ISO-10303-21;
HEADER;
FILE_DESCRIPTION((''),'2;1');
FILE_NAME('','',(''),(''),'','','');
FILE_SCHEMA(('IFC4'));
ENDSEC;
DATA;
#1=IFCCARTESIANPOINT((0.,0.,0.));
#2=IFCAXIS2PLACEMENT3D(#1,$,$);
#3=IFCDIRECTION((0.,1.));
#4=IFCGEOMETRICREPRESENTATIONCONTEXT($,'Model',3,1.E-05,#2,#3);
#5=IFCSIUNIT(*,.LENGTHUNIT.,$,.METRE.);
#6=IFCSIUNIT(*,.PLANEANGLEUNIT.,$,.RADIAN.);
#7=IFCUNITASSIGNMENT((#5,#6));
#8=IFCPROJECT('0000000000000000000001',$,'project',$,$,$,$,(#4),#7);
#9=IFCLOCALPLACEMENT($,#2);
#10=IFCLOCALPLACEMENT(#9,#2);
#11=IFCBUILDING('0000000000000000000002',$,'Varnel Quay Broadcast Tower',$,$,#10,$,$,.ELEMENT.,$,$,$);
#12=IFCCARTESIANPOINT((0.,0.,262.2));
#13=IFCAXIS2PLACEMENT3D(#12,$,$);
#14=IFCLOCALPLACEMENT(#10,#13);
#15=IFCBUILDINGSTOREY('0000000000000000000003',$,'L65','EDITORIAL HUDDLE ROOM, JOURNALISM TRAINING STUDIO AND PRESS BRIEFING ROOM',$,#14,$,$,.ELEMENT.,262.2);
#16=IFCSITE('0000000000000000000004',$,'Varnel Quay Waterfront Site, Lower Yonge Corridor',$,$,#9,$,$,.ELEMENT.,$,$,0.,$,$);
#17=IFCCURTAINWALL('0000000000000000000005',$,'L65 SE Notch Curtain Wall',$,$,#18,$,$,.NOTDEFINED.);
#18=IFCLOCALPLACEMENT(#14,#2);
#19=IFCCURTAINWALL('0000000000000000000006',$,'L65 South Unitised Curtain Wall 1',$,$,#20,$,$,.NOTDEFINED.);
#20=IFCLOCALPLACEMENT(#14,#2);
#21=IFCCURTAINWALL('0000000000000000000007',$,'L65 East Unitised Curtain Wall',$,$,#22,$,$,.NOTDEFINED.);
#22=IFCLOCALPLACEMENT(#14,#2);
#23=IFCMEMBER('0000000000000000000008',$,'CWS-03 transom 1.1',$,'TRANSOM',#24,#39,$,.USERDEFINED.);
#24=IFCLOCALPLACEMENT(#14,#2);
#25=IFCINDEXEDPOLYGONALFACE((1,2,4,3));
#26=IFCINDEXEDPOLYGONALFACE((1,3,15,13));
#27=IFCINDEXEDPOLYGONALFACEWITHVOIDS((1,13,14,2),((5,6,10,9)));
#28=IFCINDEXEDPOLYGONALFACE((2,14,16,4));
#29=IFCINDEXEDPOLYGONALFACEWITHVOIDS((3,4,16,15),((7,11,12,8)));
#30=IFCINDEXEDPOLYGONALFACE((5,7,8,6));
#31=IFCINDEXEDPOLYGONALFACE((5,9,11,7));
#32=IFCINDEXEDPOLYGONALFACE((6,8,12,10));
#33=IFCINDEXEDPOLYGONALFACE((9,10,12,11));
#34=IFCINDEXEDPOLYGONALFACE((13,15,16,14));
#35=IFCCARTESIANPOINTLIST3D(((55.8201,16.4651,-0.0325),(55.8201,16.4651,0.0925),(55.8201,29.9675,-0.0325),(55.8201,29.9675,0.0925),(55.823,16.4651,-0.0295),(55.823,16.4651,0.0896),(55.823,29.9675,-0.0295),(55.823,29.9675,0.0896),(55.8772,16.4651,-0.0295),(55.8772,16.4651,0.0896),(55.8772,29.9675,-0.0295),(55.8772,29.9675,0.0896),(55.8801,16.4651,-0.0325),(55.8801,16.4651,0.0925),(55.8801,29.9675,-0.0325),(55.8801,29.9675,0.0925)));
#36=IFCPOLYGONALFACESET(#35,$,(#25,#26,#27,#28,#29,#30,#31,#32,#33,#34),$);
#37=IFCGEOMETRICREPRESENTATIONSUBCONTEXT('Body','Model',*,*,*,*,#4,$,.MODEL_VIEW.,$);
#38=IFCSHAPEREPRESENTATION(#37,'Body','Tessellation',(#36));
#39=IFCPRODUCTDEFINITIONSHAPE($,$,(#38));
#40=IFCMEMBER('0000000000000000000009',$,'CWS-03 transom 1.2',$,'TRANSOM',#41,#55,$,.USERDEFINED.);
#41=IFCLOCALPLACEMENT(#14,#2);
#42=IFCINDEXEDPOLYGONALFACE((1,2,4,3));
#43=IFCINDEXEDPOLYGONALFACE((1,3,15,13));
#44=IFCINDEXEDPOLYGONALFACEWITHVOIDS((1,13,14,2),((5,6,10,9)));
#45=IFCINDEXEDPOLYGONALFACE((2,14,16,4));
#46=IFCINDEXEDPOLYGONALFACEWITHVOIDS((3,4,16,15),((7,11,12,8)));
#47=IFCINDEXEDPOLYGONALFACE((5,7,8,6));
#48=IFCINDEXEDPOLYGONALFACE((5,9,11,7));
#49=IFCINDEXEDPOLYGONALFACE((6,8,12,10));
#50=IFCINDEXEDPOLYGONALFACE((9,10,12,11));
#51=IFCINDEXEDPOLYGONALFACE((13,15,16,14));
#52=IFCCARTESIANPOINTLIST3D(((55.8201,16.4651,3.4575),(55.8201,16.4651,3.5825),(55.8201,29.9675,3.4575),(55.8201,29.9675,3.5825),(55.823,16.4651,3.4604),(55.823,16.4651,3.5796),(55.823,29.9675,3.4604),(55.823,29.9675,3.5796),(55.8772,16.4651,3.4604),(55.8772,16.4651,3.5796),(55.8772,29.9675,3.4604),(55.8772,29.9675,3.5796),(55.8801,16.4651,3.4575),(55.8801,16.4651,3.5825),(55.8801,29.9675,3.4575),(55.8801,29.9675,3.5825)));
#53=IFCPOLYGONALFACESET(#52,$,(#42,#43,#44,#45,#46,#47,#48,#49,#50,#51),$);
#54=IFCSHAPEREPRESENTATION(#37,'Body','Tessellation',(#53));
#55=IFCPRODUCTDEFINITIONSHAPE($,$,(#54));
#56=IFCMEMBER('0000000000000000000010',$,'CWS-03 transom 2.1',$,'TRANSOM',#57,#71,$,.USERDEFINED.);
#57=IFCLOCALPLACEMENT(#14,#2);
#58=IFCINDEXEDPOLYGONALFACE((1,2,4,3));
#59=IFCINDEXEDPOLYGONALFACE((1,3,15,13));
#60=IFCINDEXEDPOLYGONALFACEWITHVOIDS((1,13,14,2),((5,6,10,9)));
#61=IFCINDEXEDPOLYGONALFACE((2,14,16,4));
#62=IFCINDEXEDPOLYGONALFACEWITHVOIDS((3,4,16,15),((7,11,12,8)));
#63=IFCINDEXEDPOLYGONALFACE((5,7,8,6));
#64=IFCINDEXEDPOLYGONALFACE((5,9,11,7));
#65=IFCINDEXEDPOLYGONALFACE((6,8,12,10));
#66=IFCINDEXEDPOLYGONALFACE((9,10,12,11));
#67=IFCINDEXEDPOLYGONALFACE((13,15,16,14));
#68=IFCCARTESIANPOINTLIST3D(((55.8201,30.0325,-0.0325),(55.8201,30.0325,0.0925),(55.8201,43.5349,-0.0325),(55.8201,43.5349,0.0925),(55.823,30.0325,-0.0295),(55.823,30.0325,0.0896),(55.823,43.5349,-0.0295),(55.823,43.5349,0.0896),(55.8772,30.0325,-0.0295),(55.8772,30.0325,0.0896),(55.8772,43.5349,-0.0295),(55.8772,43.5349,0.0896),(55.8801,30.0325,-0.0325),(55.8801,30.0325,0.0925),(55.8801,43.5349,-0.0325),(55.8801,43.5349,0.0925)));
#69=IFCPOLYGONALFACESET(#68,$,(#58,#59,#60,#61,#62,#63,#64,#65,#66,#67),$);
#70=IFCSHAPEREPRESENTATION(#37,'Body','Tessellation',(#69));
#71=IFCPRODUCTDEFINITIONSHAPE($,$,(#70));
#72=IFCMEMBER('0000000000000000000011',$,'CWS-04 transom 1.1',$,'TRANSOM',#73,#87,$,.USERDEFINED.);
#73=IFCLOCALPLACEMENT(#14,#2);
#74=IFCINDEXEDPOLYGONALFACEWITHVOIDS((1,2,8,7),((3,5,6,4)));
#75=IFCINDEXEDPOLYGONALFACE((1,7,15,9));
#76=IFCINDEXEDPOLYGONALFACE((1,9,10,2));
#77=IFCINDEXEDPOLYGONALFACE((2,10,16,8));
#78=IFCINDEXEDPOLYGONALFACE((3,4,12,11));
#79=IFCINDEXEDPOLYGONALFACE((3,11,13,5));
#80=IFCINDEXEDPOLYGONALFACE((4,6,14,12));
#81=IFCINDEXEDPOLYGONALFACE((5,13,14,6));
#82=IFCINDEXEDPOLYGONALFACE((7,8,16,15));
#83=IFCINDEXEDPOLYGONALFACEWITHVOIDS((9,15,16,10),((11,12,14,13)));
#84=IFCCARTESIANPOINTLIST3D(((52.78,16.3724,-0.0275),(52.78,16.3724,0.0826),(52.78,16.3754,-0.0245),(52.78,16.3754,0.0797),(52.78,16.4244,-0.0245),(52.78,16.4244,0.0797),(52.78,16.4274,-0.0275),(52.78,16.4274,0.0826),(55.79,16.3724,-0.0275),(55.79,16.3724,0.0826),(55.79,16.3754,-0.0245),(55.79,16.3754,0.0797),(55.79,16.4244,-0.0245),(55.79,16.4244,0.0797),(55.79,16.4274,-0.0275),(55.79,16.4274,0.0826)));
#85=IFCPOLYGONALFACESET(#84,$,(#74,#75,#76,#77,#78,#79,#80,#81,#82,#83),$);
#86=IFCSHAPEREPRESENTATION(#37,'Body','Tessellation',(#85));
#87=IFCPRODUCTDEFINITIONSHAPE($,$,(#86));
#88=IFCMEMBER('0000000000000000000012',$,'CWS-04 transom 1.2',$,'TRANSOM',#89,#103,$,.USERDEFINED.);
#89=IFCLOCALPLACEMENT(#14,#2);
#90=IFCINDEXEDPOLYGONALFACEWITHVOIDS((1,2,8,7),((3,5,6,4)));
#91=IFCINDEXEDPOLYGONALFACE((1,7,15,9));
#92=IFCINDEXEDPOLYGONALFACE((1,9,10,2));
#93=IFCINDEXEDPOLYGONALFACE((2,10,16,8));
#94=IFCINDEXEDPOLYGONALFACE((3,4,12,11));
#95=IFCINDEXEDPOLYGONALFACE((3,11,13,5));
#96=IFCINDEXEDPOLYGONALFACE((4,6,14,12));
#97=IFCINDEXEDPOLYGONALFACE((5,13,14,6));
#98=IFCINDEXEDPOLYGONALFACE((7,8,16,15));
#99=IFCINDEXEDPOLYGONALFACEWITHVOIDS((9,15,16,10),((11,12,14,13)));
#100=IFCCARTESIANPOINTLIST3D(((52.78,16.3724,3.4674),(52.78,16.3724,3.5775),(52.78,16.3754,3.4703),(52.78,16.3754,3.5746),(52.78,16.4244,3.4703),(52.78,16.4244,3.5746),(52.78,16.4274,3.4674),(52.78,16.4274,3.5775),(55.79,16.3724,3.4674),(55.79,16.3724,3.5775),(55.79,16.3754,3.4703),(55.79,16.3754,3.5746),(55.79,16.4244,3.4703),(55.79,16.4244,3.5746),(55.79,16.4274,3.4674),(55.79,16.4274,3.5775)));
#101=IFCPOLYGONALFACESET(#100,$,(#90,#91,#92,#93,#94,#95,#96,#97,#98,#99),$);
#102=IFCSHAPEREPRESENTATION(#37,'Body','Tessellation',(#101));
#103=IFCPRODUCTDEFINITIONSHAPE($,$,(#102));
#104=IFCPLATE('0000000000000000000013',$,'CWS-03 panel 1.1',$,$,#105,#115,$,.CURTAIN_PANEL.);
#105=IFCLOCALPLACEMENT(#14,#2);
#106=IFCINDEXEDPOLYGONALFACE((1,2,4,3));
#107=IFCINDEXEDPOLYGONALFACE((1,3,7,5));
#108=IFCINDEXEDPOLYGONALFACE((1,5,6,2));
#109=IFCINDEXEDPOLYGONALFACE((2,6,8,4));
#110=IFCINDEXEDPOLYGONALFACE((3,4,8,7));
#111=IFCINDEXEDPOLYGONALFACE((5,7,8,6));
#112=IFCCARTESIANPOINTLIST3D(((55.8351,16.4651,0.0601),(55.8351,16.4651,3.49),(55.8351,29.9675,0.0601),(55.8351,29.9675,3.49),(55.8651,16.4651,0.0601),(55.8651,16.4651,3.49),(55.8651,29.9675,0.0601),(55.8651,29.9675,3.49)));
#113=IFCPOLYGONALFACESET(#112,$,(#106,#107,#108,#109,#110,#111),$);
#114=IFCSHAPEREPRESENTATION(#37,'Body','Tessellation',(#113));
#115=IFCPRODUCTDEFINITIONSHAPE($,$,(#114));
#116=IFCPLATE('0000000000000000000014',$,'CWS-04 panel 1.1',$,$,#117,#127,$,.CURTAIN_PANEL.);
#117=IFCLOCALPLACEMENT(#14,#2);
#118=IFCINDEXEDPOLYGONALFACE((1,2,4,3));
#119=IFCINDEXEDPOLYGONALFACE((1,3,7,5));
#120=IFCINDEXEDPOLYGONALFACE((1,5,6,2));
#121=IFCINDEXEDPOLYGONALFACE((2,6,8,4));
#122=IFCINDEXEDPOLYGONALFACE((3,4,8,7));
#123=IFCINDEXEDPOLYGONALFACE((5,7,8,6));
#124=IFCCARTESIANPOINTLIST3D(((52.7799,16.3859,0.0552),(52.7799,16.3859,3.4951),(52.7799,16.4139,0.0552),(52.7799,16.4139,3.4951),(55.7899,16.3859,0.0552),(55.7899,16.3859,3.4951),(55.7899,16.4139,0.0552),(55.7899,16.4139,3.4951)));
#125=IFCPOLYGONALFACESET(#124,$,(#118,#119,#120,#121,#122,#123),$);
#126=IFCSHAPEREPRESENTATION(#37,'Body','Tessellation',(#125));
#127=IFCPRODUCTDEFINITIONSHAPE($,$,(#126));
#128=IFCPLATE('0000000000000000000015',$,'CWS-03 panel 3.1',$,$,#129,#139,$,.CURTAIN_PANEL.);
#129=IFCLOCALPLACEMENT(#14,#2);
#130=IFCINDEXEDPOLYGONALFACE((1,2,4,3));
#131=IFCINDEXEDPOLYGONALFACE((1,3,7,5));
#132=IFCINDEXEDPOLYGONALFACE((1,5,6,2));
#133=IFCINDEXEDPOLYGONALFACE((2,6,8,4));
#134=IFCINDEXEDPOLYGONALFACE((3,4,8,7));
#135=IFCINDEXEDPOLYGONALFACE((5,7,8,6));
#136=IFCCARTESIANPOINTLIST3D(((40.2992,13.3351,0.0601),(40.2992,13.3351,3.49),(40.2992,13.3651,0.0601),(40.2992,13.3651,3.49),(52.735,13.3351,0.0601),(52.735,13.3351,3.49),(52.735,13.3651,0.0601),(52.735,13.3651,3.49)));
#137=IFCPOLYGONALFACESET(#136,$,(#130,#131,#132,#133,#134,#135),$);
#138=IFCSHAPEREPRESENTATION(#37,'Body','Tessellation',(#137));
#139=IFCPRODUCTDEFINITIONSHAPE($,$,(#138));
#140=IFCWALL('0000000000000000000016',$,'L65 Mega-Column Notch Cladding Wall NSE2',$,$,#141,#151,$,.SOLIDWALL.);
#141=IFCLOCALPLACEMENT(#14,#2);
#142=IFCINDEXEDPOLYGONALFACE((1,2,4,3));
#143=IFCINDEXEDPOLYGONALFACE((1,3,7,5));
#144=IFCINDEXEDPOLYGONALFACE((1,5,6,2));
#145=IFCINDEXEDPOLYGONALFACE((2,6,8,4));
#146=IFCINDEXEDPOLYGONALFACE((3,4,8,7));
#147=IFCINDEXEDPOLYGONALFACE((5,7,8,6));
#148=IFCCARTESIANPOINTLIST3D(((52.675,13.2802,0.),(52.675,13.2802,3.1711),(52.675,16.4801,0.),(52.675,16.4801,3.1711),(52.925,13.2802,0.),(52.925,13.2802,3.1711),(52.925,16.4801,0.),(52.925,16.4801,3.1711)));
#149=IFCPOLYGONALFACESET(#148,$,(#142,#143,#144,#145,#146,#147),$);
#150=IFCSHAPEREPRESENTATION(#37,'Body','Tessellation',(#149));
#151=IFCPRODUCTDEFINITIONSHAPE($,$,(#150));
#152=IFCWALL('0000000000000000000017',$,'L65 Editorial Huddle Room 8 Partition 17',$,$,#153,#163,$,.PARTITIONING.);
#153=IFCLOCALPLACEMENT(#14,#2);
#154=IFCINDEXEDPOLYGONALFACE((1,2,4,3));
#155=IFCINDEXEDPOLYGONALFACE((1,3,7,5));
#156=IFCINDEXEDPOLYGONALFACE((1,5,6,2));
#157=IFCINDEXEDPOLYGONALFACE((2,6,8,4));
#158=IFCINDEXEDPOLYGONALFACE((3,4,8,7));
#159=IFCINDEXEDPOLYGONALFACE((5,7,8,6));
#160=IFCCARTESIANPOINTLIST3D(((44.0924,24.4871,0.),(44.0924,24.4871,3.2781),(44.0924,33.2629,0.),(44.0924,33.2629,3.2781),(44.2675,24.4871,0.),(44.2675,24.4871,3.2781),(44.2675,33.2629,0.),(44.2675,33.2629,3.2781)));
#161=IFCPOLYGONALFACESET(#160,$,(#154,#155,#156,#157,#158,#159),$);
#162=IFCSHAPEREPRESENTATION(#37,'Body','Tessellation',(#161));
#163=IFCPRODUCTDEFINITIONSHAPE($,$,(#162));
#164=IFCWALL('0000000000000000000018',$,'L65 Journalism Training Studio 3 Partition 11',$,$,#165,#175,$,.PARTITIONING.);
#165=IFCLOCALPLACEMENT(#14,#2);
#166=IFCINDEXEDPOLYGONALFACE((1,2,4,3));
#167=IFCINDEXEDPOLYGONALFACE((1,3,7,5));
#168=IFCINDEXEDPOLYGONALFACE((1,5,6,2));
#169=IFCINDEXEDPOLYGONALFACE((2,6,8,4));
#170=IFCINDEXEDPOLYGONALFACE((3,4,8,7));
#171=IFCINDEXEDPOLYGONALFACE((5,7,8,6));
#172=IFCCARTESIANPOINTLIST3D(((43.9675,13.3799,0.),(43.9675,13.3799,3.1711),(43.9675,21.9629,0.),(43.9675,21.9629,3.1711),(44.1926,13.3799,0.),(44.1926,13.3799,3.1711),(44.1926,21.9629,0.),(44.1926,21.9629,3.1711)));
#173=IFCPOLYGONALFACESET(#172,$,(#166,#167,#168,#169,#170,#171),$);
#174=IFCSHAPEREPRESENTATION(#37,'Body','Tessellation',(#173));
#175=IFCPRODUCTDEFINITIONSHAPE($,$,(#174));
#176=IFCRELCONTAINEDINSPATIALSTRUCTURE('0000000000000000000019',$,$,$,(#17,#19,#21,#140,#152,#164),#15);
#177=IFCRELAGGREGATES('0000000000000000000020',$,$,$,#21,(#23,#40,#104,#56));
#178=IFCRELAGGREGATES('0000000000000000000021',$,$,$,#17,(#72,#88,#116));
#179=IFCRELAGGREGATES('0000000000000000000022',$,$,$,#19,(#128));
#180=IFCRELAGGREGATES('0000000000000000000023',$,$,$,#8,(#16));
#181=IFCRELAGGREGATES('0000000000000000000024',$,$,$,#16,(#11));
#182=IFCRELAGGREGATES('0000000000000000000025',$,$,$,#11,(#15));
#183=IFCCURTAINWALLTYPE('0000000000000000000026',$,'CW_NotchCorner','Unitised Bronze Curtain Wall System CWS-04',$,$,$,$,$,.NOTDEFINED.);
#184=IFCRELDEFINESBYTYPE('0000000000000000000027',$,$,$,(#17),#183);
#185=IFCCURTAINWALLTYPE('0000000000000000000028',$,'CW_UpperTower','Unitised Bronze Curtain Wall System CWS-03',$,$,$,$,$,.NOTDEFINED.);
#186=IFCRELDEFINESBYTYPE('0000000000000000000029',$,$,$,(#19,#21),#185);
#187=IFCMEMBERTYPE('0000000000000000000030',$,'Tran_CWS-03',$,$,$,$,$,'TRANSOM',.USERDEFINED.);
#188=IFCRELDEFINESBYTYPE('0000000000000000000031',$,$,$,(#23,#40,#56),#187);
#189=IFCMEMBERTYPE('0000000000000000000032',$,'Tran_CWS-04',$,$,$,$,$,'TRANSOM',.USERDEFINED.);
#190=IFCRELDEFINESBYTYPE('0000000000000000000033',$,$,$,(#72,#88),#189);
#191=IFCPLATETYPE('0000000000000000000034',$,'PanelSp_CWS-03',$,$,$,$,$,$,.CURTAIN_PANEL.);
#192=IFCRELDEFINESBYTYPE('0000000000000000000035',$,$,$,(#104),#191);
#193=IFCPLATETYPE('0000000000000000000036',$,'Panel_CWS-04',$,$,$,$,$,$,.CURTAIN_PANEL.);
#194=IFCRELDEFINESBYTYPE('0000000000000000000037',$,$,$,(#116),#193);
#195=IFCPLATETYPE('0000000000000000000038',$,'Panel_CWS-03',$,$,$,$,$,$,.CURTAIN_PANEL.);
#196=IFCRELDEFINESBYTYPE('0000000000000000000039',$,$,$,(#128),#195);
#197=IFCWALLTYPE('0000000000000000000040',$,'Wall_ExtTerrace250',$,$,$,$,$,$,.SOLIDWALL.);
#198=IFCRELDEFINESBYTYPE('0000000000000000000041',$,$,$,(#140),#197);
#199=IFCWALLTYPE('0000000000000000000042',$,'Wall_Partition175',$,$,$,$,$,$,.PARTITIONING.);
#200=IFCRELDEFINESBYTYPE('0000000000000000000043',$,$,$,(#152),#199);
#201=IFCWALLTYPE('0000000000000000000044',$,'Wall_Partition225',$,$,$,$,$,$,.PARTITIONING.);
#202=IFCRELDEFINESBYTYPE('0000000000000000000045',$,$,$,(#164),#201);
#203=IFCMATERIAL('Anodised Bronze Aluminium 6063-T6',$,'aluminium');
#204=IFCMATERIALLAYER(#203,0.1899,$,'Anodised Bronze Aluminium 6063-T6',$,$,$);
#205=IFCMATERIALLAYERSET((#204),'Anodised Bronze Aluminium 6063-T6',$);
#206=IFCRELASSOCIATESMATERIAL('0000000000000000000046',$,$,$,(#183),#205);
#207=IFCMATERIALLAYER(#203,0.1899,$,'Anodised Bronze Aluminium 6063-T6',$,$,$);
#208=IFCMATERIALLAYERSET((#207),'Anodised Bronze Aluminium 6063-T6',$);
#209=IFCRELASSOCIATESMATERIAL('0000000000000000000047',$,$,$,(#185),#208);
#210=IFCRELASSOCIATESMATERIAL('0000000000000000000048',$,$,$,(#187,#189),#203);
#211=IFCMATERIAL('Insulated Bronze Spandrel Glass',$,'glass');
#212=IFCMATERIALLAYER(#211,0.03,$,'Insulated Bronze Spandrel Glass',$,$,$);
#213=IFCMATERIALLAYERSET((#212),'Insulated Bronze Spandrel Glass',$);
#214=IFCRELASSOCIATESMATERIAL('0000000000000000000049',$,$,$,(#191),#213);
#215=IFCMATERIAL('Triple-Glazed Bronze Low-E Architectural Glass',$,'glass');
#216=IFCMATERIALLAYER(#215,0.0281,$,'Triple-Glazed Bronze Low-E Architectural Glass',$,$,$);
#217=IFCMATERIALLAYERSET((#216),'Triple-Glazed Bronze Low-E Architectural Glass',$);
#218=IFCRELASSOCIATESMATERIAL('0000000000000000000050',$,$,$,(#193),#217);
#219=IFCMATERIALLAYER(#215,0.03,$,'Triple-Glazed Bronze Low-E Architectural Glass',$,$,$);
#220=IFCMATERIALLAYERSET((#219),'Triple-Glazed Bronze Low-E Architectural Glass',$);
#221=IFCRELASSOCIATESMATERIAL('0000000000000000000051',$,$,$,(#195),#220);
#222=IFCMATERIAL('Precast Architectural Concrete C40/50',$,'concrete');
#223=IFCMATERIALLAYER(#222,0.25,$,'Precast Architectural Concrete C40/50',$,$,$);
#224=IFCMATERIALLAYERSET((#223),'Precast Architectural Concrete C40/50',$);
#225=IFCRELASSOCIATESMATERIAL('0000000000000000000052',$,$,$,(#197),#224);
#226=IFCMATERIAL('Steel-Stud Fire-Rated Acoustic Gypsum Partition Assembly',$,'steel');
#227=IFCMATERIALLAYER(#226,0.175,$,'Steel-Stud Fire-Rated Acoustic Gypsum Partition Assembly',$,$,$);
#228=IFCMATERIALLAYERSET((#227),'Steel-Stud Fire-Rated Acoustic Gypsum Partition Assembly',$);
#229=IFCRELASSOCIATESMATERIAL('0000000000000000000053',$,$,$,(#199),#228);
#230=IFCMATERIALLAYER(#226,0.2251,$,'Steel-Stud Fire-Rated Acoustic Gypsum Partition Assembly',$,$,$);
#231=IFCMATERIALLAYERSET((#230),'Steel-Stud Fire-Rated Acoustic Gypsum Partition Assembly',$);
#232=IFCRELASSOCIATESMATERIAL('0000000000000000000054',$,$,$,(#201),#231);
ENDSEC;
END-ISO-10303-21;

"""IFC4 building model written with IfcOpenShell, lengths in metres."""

from ifc_helpers import new_model, si_unit, direction, frame, frame_2d, origin, origin_2d, place, context, subcontext, project, spatial, rectangle, hollow_rectangle, extrude, source, transform, mapped, material, layer, layer_set, material_profile, profile_set, type_object, type_shapes, element, aggregate, save


model = new_model("IFC4")

# Units and contexts
model_context = context("Model", 3, precision=1e-05, world=origin(), true_north=direction((0.0, 1.0)))
body_context = subcontext(model_context, "Body", "Model", "MODEL_VIEW")
ifc_project = project(units=[si_unit("LENGTHUNIT", "METRE"), si_unit("PLANEANGLEUNIT", "RADIAN")], contexts=[model_context])

# Site, building, storey
site_placement = place(None, origin())
site = spatial("IfcSite", under=ifc_project, at=site_placement, Name="Varnel Quay Waterfront Site, Lower Yonge Corridor", CompositionType="ELEMENT", RefElevation=0.0)
building_placement = place(site_placement, origin())
building = spatial("IfcBuilding", under=site, at=building_placement, Name="Varnel Quay Broadcast Tower", CompositionType="ELEMENT")
storey_placement = place(building_placement, frame((0.0, 0.0, 262.2)))
storey = spatial("IfcBuildingStorey", under=building, at=storey_placement, Name="L65", Description="EDITORIAL HUDDLE ROOM, JOURNALISM TRAINING STUDIO AND PRESS BRIEFING ROOM", CompositionType="ELEMENT", Elevation=262.2)

# Curtain wall
ifc_material_1 = material(Name="Anodised Bronze Aluminium 6063-T6", Category="aluminium")
ifc_layer_1 = layer(ifc_material_1, 0.1899, Name="Anodised Bronze Aluminium 6063-T6")
ifc_layer_set_1 = layer_set([ifc_layer_1], Name="Anodised Bronze Aluminium 6063-T6")
curtain_wall_type_1 = type_object("IfcCurtainWallType", Name="CW_NotchCorner", Description="Unitised Bronze Curtain Wall System CWS-04", PredefinedType="NOTDEFINED", material=ifc_layer_set_1)
curtain_wall_1_placement = place(storey_placement, origin())
curtain_wall_1 = element("IfcCurtainWall", 1, at=curtain_wall_1_placement, inside=storey, type_object=curtain_wall_type_1, Name="L65 SE Notch Curtain Wall", PredefinedType="NOTDEFINED")

# Curtain wall
ifc_layer_2 = layer(ifc_material_1, 0.1899, Name="Anodised Bronze Aluminium 6063-T6")
ifc_layer_set_2 = layer_set([ifc_layer_2], Name="Anodised Bronze Aluminium 6063-T6")
curtain_wall_type_2 = type_object("IfcCurtainWallType", Name="CW_UpperTower", Description="Unitised Bronze Curtain Wall System CWS-03", PredefinedType="NOTDEFINED", material=ifc_layer_set_2)
curtain_wall_2_placement = place(storey_placement, origin())
curtain_wall_2 = element("IfcCurtainWall", 2, at=curtain_wall_2_placement, inside=storey, type_object=curtain_wall_type_2, Name="L65 South Unitised Curtain Wall 1", PredefinedType="NOTDEFINED")

# Curtain wall, members
curtain_wall_3_placement = place(storey_placement, origin())
curtain_wall_3 = element("IfcCurtainWall", 3, at=curtain_wall_3_placement, inside=storey, type_object=curtain_wall_type_2, Name="L65 East Unitised Curtain Wall", PredefinedType="NOTDEFINED")
ifc_material_profile_1 = material_profile(ifc_material_1, hollow_rectangle(XDim=0.0601, YDim=0.125, WallThickness=0.0029, at=origin_2d()), Name="ALU60X125X3")
ifc_profile_set_1 = profile_set([ifc_material_profile_1], Name="Anodised Bronze Aluminium 6063-T6")
member_type_1 = type_object("IfcMemberType", Name="Tran_CWS-03", ElementType="TRANSOM", PredefinedType="USERDEFINED", material=ifc_profile_set_1)
shared_shape_1 = source(origin(), body_context, "Body", "SweptSolid", [
    extrude(hollow_rectangle(XDim=0.0601, YDim=0.125, WallThickness=0.0029, at=origin_2d()), origin(), (0.0, 0.0, 1.0), 13.5024),
])
type_shapes(member_type_1, [shared_shape_1])
member_1_placement = place(storey_placement, frame((55.8501, 16.4651, 0.03), z_axis=(0.0, 1.0, 0.0), x_axis=(-1.0, 0.0, 0.0)))
member_1 = element("IfcMember", 4, at=member_1_placement, type_object=member_type_1, Name="CWS-03 transom 1.1", ObjectType="TRANSOM", PredefinedType="USERDEFINED", context=body_context, shape_type="MappedRepresentation", body=[
    mapped(shared_shape_1, transform((0.0, 0.0, 0.0), x_axis=(1.0, 0.0, 0.0), y_axis=(0.0, 1.0, 0.0), z_axis=(0.0, 0.0, 1.0), scale=1.0)),
])
member_2_placement = place(storey_placement, frame((55.8501, 16.4651, 3.52), z_axis=(0.0, 1.0, 0.0), x_axis=(-1.0, 0.0, 0.0)))
member_2 = element("IfcMember", 5, at=member_2_placement, type_object=member_type_1, Name="CWS-03 transom 1.2", ObjectType="TRANSOM", PredefinedType="USERDEFINED", context=body_context, shape_type="MappedRepresentation", body=[
    mapped(shared_shape_1, transform((0.0, 0.0, 0.0), x_axis=(1.0, 0.0, 0.0), y_axis=(0.0, 1.0, 0.0), z_axis=(0.0, 0.0, 1.0), scale=1.0)),
])
member_3_placement = place(storey_placement, frame((55.8501, 30.0325, 0.03), z_axis=(0.0, 1.0, 0.0), x_axis=(-1.0, 0.0, 0.0)))
member_3 = element("IfcMember", 6, at=member_3_placement, type_object=member_type_1, Name="CWS-03 transom 2.1", ObjectType="TRANSOM", PredefinedType="USERDEFINED", context=body_context, shape_type="MappedRepresentation", body=[
    mapped(shared_shape_1, transform((0.0, 0.0, 0.0), x_axis=(1.0, 0.0, 0.0), y_axis=(0.0, 1.0, 0.0), z_axis=(0.0, 0.0, 1.0), scale=1.0)),
])

# Members
ifc_material_profile_2 = material_profile(ifc_material_1, hollow_rectangle(XDim=0.0549, YDim=0.1101, WallThickness=0.0029, at=origin_2d()), Name="ALU55X110X3")
ifc_profile_set_2 = profile_set([ifc_material_profile_2], Name="Anodised Bronze Aluminium 6063-T6")
member_type_2 = type_object("IfcMemberType", Name="Tran_CWS-04", ElementType="TRANSOM", PredefinedType="USERDEFINED", material=ifc_profile_set_2)
shared_shape_2 = source(origin(), body_context, "Body", "SweptSolid", [
    extrude(hollow_rectangle(XDim=0.0549, YDim=0.1101, WallThickness=0.0029, at=origin_2d()), origin(), (0.0, 0.0, 1.0), 3.01),
])
type_shapes(member_type_2, [shared_shape_2])
member_4_placement = place(storey_placement, frame((52.78, 16.3999, 0.0276), z_axis=(1.0, 0.0, 0.0), x_axis=(0.0, 1.0, 0.0)))
member_4 = element("IfcMember", 7, at=member_4_placement, type_object=member_type_2, Name="CWS-04 transom 1.1", ObjectType="TRANSOM", PredefinedType="USERDEFINED", context=body_context, shape_type="MappedRepresentation", body=[
    mapped(shared_shape_2, transform((0.0, 0.0, 0.0), x_axis=(1.0, 0.0, 0.0), y_axis=(0.0, 1.0, 0.0), z_axis=(0.0, 0.0, 1.0), scale=1.0)),
])
member_5_placement = place(storey_placement, frame((52.78, 16.3999, 3.5225), z_axis=(1.0, 0.0, 0.0), x_axis=(0.0, 1.0, 0.0)))
member_5 = element("IfcMember", 8, at=member_5_placement, type_object=member_type_2, Name="CWS-04 transom 1.2", ObjectType="TRANSOM", PredefinedType="USERDEFINED", context=body_context, shape_type="MappedRepresentation", body=[
    mapped(shared_shape_2, transform((0.0, 0.0, 0.0), x_axis=(1.0, 0.0, 0.0), y_axis=(0.0, 1.0, 0.0), z_axis=(0.0, 0.0, 1.0), scale=1.0)),
])

# Plates
ifc_material_2 = material(Name="Insulated Bronze Spandrel Glass", Category="glass")
ifc_layer_3 = layer(ifc_material_2, 0.03, Name="Insulated Bronze Spandrel Glass")
ifc_layer_set_3 = layer_set([ifc_layer_3], Name="Insulated Bronze Spandrel Glass")
plate_type_1 = type_object("IfcPlateType", Name="PanelSp_CWS-03", PredefinedType="CURTAIN_PANEL", material=ifc_layer_set_3)
shared_shape_3 = source(origin(), body_context, "Body", "SweptSolid", [
    extrude(rectangle(XDim=13.5024, YDim=0.03, at=origin_2d()), origin(), (0.0, 0.0, 1.0), 3.4299),
])
type_shapes(plate_type_1, [shared_shape_3])
plate_1_placement = place(storey_placement, frame((55.8501, 23.2163, 0.0601), z_axis=(0.0, 0.0, 1.0), x_axis=(0.0, 1.0, 0.0)))
plate_1 = element("IfcPlate", 9, at=plate_1_placement, type_object=plate_type_1, Name="CWS-03 panel 1.1", PredefinedType="CURTAIN_PANEL", context=body_context, shape_type="MappedRepresentation", body=[
    mapped(shared_shape_3, transform((0.0, 0.0, 0.0), x_axis=(1.0, 0.0, 0.0), y_axis=(0.0, 1.0, 0.0), z_axis=(0.0, 0.0, 1.0), scale=1.0)),
])
aggregate(curtain_wall_3, [member_1, member_2, plate_1, member_3])
ifc_material_3 = material(Name="Triple-Glazed Bronze Low-E Architectural Glass", Category="glass")
ifc_layer_4 = layer(ifc_material_3, 0.0281, Name="Triple-Glazed Bronze Low-E Architectural Glass")
ifc_layer_set_4 = layer_set([ifc_layer_4], Name="Triple-Glazed Bronze Low-E Architectural Glass")
plate_type_2 = type_object("IfcPlateType", Name="Panel_CWS-04", PredefinedType="CURTAIN_PANEL", material=ifc_layer_set_4)
shared_shape_4 = source(origin(), body_context, "Body", "SweptSolid", [
    extrude(rectangle(XDim=3.01, YDim=0.0281, at=origin_2d()), origin(), (0.0, 0.0, 1.0), 3.4399),
])
type_shapes(plate_type_2, [shared_shape_4])
plate_2_placement = place(storey_placement, frame((54.2849, 16.3999, 0.0552), z_axis=(0.0, 0.0, 1.0), x_axis=(1.0, 0.0, 0.0)))
plate_2 = element("IfcPlate", 10, at=plate_2_placement, type_object=plate_type_2, Name="CWS-04 panel 1.1", PredefinedType="CURTAIN_PANEL", context=body_context, shape_type="MappedRepresentation", body=[
    mapped(shared_shape_4, transform((0.0, 0.0, 0.0), x_axis=(1.0, 0.0, 0.0), y_axis=(0.0, 1.0, 0.0), z_axis=(0.0, 0.0, 1.0), scale=1.0)),
])
aggregate(curtain_wall_1, [member_4, member_5, plate_2])
ifc_layer_5 = layer(ifc_material_3, 0.03, Name="Triple-Glazed Bronze Low-E Architectural Glass")
ifc_layer_set_5 = layer_set([ifc_layer_5], Name="Triple-Glazed Bronze Low-E Architectural Glass")
plate_type_3 = type_object("IfcPlateType", Name="Panel_CWS-03", PredefinedType="CURTAIN_PANEL", material=ifc_layer_set_5)
shared_shape_5 = source(origin(), body_context, "Body", "SweptSolid", [
    extrude(rectangle(XDim=12.4358, YDim=0.03, at=origin_2d()), origin(), (0.0, 0.0, 1.0), 3.4299),
])
type_shapes(plate_type_3, [shared_shape_5])
plate_3_placement = place(storey_placement, frame((46.5171, 13.3501, 0.0601), z_axis=(0.0, 0.0, 1.0), x_axis=(1.0, 0.0, 0.0)))
plate_3 = element("IfcPlate", 11, at=plate_3_placement, type_object=plate_type_3, Name="CWS-03 panel 3.1", PredefinedType="CURTAIN_PANEL", context=body_context, shape_type="MappedRepresentation", body=[
    mapped(shared_shape_5, transform((0.0, 0.0, 0.0), x_axis=(1.0, 0.0, 0.0), y_axis=(0.0, 1.0, 0.0), z_axis=(0.0, 0.0, 1.0), scale=1.0)),
])
aggregate(curtain_wall_2, [plate_3])

# Walls
ifc_material_4 = material(Name="Precast Architectural Concrete C40/50", Category="concrete")
ifc_layer_6 = layer(ifc_material_4, 0.25, Name="Precast Architectural Concrete C40/50")
ifc_layer_set_6 = layer_set([ifc_layer_6], Name="Precast Architectural Concrete C40/50")
wall_type_1 = type_object("IfcWallType", Name="Wall_ExtTerrace250", PredefinedType="SOLIDWALL", material=ifc_layer_set_6)
wall_1_placement = place(storey_placement, frame((52.8, 13.28, 0.0), z_axis=(0.0, 0.0, 1.0), x_axis=(0.0, 1.0, 0.0)))
element("IfcWall", 12, at=wall_1_placement, inside=storey, type_object=wall_type_1, Name="L65 Mega-Column Notch Cladding Wall NSE2", PredefinedType="SOLIDWALL", context=body_context, shape_type="SweptSolid", body=[
    extrude(rectangle(XDim=3.2, YDim=0.25, at=frame_2d((1.6001, 0.0))), origin(), (0.0, 0.0, 1.0), 3.1711),
])
ifc_material_5 = material(Name="Steel-Stud Fire-Rated Acoustic Gypsum Partition Assembly", Category="steel")
ifc_layer_7 = layer(ifc_material_5, 0.175, Name="Steel-Stud Fire-Rated Acoustic Gypsum Partition Assembly")
ifc_layer_set_7 = layer_set([ifc_layer_7], Name="Steel-Stud Fire-Rated Acoustic Gypsum Partition Assembly")
wall_type_2 = type_object("IfcWallType", Name="Wall_Partition175", PredefinedType="PARTITIONING", material=ifc_layer_set_7)
wall_2_placement = place(storey_placement, frame((44.1799, 24.4871, 0.0), z_axis=(0.0, 0.0, 1.0), x_axis=(0.0, 1.0, 0.0)))
element("IfcWall", 13, at=wall_2_placement, inside=storey, type_object=wall_type_2, Name="L65 Editorial Huddle Room 8 Partition 17", PredefinedType="PARTITIONING", context=body_context, shape_type="SweptSolid", body=[
    extrude(rectangle(XDim=8.7759, YDim=0.175, at=frame_2d((4.3879, 0.0))), origin(), (0.0, 0.0, 1.0), 3.2781),
])
ifc_layer_8 = layer(ifc_material_5, 0.2251, Name="Steel-Stud Fire-Rated Acoustic Gypsum Partition Assembly")
ifc_layer_set_8 = layer_set([ifc_layer_8], Name="Steel-Stud Fire-Rated Acoustic Gypsum Partition Assembly")
wall_type_3 = type_object("IfcWallType", Name="Wall_Partition225", PredefinedType="PARTITIONING", material=ifc_layer_set_8)
wall_3_placement = place(storey_placement, frame((44.0801, 13.3799, 0.0), z_axis=(0.0, 0.0, 1.0), x_axis=(0.0, 1.0, 0.0)))
element("IfcWall", 14, at=wall_3_placement, inside=storey, type_object=wall_type_3, Name="L65 Journalism Training Studio 3 Partition 11", PredefinedType="PARTITIONING", context=body_context, shape_type="SweptSolid", body=[
    extrude(rectangle(XDim=8.583, YDim=0.2251, at=frame_2d((4.2915, 0.0))), origin(), (0.0, 0.0, 1.0), 3.1711),
])

save(model, "model.ifc")
